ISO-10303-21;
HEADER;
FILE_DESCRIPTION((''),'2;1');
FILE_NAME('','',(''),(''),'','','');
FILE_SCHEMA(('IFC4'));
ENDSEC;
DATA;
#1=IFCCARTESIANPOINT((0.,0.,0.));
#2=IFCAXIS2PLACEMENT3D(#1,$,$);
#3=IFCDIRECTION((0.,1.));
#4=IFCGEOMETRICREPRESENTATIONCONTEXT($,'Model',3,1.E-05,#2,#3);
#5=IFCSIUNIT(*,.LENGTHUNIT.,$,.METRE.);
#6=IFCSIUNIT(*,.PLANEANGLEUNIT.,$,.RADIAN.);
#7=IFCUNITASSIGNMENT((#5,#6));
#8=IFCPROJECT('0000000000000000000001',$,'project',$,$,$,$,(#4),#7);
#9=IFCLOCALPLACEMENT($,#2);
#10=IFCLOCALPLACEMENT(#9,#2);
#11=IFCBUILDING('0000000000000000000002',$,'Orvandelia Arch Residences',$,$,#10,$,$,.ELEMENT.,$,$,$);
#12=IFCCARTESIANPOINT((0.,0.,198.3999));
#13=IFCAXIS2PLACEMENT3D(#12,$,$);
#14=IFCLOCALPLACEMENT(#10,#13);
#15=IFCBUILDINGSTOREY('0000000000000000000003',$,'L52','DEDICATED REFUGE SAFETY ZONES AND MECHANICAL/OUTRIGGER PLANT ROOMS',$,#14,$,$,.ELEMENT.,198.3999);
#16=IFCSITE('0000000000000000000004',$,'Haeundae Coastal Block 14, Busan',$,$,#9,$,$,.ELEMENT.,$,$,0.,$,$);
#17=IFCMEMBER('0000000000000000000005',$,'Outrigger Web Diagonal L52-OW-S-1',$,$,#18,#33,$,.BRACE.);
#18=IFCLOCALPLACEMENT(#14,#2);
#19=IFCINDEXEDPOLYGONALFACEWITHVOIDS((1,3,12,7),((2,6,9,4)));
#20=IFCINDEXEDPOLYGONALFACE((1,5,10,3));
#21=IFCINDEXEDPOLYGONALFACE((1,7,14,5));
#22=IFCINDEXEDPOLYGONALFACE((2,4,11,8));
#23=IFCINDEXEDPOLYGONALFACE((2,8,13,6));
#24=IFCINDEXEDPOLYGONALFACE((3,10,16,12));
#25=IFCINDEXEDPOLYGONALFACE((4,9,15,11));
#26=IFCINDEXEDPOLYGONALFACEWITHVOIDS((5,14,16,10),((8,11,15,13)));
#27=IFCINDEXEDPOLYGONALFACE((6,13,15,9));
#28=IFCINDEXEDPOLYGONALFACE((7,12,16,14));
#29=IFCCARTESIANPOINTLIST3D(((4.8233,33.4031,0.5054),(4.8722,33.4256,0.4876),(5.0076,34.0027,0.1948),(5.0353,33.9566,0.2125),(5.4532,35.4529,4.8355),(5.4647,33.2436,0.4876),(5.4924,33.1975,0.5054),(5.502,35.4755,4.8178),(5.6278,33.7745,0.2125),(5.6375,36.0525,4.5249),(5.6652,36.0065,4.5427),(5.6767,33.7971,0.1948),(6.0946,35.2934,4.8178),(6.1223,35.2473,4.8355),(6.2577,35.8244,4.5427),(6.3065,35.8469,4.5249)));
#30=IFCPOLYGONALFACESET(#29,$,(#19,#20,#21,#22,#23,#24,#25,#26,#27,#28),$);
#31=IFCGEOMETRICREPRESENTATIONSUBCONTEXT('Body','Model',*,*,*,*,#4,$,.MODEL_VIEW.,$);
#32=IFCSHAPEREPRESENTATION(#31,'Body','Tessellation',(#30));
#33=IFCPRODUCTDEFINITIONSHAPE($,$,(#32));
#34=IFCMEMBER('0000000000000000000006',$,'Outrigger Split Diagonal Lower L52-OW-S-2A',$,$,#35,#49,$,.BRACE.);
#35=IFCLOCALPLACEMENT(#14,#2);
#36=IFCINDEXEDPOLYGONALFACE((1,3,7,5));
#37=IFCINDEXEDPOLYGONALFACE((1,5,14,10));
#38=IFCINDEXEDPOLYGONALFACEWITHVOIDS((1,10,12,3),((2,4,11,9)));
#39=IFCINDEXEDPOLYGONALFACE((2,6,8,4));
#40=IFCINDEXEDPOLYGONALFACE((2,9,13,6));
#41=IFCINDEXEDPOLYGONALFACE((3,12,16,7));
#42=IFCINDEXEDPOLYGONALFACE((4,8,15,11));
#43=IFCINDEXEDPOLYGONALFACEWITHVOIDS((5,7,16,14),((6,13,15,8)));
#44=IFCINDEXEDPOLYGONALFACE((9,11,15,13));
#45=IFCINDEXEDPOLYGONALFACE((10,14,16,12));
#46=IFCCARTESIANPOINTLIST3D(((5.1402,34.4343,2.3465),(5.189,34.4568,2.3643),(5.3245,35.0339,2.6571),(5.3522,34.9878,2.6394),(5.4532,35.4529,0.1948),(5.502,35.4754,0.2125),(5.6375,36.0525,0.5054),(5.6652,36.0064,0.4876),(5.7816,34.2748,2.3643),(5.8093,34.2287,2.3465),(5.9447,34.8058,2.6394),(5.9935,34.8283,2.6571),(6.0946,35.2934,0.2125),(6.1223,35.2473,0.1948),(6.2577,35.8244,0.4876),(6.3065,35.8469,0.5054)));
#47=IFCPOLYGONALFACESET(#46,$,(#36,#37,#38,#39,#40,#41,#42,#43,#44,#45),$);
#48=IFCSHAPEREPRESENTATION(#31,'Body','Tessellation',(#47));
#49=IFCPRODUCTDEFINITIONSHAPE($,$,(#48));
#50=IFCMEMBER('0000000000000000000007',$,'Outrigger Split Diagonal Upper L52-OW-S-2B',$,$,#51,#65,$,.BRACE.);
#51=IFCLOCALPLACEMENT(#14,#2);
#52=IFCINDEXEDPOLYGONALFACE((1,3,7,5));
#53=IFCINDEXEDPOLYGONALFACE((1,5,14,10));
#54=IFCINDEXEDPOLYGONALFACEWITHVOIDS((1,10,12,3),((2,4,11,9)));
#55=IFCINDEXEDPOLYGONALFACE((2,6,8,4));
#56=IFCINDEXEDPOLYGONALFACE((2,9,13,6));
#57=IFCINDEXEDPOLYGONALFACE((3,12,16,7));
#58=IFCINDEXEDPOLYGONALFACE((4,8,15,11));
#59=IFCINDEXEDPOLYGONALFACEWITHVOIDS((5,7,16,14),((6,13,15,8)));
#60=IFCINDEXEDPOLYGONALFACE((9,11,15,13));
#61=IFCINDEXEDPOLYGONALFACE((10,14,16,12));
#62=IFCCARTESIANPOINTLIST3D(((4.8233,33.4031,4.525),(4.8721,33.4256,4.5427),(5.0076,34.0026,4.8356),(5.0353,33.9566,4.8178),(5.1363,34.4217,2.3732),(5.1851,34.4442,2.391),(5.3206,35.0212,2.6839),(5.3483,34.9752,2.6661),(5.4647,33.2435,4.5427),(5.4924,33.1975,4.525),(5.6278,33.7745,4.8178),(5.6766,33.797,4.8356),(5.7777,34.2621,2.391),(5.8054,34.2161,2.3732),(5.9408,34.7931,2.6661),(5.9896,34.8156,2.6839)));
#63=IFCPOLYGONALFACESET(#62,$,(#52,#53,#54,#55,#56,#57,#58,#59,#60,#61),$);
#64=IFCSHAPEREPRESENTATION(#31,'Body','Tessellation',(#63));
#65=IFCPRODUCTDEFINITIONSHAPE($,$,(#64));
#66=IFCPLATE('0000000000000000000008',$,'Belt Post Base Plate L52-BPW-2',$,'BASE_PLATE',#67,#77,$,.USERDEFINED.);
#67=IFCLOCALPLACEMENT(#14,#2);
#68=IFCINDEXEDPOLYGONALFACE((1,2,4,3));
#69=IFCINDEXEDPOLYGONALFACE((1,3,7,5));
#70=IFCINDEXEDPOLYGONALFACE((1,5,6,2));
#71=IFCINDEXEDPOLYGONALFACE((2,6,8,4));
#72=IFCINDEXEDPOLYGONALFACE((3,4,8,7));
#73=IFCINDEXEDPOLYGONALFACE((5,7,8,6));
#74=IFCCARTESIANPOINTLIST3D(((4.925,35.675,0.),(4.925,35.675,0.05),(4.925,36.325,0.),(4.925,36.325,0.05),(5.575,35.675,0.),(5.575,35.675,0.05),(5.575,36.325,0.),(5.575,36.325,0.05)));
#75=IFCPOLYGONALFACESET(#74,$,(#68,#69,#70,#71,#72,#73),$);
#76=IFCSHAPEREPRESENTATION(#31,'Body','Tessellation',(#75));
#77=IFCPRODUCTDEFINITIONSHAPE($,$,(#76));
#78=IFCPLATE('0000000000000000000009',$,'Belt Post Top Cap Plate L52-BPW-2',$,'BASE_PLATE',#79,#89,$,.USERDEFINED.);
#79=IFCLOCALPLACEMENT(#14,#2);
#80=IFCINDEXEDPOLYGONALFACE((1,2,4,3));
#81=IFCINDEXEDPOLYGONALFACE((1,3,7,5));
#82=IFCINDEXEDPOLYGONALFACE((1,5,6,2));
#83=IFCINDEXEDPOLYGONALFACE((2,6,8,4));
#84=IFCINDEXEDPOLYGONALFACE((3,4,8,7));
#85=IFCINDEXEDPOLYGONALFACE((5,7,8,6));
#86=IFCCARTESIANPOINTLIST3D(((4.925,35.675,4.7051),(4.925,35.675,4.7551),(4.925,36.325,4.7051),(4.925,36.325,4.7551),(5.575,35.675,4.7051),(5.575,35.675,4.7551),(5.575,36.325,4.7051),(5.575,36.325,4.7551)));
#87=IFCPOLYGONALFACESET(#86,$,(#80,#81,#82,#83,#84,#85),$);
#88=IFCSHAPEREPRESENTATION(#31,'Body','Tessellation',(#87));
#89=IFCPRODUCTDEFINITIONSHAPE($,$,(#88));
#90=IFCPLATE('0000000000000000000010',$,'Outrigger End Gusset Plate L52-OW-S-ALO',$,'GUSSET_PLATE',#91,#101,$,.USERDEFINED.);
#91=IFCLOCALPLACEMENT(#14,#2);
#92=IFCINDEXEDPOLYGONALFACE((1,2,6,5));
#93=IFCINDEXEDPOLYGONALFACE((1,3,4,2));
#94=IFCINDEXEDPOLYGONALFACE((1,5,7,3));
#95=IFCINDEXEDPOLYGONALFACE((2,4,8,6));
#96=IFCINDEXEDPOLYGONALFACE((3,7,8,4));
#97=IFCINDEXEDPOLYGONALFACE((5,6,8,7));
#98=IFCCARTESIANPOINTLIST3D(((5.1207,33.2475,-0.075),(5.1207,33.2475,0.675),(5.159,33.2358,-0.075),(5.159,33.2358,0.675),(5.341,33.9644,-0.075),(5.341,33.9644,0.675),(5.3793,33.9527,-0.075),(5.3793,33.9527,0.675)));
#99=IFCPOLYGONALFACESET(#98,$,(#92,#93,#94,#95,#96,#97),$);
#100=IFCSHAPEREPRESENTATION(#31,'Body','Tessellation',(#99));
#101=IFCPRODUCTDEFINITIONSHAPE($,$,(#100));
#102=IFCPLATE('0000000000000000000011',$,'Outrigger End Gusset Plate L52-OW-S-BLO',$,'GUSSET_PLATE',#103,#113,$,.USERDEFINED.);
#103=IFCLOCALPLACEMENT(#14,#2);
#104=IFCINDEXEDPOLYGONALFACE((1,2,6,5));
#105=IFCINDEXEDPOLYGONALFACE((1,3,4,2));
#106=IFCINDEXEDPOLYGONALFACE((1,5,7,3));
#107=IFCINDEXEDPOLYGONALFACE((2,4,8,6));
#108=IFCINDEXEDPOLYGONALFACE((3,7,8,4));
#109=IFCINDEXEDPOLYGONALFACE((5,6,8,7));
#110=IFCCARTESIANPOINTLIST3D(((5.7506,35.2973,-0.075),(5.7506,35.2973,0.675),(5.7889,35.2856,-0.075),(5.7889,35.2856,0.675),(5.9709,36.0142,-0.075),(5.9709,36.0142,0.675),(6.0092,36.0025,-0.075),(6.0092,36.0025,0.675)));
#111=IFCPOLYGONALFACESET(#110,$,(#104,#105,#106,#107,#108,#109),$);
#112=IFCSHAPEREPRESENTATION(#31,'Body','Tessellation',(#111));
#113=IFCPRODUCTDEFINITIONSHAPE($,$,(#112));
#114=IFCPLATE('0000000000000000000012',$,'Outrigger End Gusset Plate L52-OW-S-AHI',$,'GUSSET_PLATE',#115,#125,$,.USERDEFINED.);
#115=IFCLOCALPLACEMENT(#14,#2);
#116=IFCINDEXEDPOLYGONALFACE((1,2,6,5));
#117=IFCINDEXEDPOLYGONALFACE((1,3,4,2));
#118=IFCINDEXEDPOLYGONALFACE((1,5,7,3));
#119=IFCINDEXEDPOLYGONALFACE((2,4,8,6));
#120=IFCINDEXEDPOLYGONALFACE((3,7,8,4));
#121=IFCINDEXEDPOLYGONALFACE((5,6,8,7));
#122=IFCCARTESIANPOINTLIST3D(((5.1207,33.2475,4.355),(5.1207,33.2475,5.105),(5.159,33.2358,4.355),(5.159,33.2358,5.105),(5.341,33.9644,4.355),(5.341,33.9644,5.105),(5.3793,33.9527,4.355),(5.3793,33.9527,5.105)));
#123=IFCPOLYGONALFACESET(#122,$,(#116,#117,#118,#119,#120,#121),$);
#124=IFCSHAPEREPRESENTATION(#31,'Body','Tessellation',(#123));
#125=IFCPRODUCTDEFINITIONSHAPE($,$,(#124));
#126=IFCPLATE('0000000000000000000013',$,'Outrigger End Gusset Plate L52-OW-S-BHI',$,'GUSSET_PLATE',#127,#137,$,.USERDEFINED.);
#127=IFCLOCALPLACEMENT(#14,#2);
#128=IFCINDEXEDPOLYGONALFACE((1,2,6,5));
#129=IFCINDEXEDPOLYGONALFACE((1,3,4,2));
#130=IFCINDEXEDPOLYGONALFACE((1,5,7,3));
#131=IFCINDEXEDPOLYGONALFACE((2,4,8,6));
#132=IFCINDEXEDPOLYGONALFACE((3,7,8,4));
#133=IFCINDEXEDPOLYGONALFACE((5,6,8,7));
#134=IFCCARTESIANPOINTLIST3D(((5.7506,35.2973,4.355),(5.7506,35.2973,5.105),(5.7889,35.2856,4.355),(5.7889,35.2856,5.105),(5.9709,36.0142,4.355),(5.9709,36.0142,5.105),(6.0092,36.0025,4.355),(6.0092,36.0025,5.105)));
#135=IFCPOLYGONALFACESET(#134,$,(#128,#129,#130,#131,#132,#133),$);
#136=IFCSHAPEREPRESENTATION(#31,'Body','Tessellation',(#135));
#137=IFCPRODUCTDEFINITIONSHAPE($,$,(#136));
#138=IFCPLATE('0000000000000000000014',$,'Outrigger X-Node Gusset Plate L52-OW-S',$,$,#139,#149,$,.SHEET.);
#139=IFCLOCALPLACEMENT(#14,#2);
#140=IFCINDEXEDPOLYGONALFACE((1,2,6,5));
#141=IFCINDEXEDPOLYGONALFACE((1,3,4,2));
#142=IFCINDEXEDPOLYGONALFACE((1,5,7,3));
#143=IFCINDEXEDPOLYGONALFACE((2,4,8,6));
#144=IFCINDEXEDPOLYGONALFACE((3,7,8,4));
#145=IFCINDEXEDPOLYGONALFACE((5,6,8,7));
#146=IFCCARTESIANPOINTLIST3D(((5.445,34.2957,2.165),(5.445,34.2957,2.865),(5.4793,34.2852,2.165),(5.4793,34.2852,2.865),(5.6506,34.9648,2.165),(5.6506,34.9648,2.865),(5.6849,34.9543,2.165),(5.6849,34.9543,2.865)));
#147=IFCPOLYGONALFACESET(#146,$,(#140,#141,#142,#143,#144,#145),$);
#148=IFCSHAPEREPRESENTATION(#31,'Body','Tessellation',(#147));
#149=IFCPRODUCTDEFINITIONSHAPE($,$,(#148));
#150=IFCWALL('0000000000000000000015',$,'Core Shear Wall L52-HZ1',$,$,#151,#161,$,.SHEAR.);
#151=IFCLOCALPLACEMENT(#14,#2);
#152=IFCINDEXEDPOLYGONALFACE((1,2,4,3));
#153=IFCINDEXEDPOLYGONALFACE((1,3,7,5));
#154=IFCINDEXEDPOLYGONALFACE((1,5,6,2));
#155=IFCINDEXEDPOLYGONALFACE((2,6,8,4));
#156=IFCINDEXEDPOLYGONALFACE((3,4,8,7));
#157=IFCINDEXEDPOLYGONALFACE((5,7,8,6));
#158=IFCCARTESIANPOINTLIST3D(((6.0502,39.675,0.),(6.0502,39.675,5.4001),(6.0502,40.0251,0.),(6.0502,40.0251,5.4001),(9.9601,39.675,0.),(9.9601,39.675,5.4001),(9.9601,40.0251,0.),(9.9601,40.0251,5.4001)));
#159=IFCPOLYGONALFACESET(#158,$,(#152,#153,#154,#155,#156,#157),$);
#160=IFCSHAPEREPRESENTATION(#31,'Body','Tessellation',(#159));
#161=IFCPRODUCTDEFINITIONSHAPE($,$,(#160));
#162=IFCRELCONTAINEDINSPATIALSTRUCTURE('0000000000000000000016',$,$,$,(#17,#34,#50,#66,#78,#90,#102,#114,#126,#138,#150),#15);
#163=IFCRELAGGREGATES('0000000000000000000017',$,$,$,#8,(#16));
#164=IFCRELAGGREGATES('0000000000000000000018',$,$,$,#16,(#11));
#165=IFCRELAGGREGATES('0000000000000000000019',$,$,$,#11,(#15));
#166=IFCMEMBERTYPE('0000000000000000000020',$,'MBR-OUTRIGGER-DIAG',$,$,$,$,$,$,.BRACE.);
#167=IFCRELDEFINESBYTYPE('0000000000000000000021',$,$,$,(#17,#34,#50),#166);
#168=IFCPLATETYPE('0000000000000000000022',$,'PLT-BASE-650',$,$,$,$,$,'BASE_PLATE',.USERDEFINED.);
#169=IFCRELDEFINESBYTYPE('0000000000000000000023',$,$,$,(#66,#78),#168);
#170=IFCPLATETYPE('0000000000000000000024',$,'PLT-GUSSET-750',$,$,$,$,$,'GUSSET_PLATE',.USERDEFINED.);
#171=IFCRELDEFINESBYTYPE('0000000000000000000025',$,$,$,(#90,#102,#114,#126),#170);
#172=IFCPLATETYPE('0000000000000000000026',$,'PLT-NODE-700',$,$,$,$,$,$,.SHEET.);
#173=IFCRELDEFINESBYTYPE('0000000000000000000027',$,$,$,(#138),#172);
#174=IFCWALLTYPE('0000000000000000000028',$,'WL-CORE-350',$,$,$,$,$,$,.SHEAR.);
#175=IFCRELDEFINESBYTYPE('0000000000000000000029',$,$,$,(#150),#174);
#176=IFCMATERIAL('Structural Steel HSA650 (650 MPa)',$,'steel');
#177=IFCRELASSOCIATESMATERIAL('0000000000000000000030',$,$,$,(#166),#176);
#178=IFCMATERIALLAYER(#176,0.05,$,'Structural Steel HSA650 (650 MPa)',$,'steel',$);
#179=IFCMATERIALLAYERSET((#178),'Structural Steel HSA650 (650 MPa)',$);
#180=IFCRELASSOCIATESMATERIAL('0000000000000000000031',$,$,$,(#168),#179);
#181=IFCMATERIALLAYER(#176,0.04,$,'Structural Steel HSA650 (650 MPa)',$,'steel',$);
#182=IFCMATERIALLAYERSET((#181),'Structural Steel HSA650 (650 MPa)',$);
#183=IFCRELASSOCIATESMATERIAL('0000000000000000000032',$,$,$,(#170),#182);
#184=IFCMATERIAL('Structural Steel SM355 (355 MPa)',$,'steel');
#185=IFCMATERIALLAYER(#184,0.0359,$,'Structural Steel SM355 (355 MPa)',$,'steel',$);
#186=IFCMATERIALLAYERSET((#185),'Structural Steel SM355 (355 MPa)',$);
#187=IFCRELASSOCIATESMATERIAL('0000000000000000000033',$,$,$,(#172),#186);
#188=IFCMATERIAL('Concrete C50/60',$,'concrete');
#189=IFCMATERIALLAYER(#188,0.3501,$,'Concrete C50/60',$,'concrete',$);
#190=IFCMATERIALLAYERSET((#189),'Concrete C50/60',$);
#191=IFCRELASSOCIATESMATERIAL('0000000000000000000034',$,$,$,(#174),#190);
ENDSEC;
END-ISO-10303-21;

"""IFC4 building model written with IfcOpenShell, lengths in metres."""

from ifc_helpers import new_model, si_unit, direction, frame, frame_2d, origin, origin_2d, place, context, subcontext, project, spatial, rectangle, hollow_rectangle, extrude, material, layer, layer_set, material_profile, profile_set, type_object, element, save


model = new_model("IFC4")

# Units and contexts
model_context = context("Model", 3, precision=1e-05, world=origin(), true_north=direction((0.0, 1.0)))
body_context = subcontext(model_context, "Body", "Model", "MODEL_VIEW")
ifc_project = project(units=[si_unit("LENGTHUNIT", "METRE"), si_unit("PLANEANGLEUNIT", "RADIAN")], contexts=[model_context])

# Site, building, storey
site_placement = place(None, origin())
site = spatial("IfcSite", under=ifc_project, at=site_placement, Name="Haeundae Coastal Block 14, Busan", CompositionType="ELEMENT", RefElevation=0.0)
building_placement = place(site_placement, origin())
building = spatial("IfcBuilding", under=site, at=building_placement, Name="Orvandelia Arch Residences", CompositionType="ELEMENT")
storey_placement = place(building_placement, frame((0.0, 0.0, 198.3999)))
storey = spatial("IfcBuildingStorey", under=building, at=storey_placement, Name="L52", Description="DEDICATED REFUGE SAFETY ZONES AND MECHANICAL/OUTRIGGER PLANT ROOMS", CompositionType="ELEMENT", Elevation=198.3999)

# Shared definitions
ifc_material_1 = material(Name="Structural Steel SM355 (355 MPa)", Category="steel")

# Members
ifc_material_2 = material(Name="Structural Steel HSA650 (650 MPa)", Category="steel")
ifc_material_profile_1 = material_profile(ifc_material_2, hollow_rectangle(XDim=0.7, YDim=0.7, WallThickness=0.04, at=origin_2d()), Name="Structural Steel HSA650 (650 MPa)", Category="steel")
ifc_profile_set_1 = profile_set([ifc_material_profile_1], Name="Structural Steel HSA650 (650 MPa)")
member_type_1 = type_object("IfcMemberType", Name="MBR-OUTRIGGER-DIAG", PredefinedType="BRACE", material=ifc_profile_set_1)
member_1_placement = place(storey_placement, frame((5.25, 33.6001, 0.3501), z_axis=(0.130357, 0.424216, 0.896129), x_axis=(-0.955887, 0.293734, 0.0)))
element("IfcMember", 1, at=member_1_placement, inside=storey, type_object=member_type_1, Name="Outrigger Web Diagonal L52-OW-S-1", PredefinedType="BRACE", context=body_context, shape_type="SweptSolid", body=[
    extrude(hollow_rectangle(XDim=0.7, YDim=0.7, WallThickness=0.04, at=origin_2d()), origin(), (0.0, 0.0, 1.0), 4.832),
])
for number, where, z_axis, x_axis, name in (
    (2, (5.8799, 35.6499, 0.3501), (-0.130357, -0.424219, 0.896128), (0.955888, -0.293732, 0.0), "Outrigger Split Diagonal Lower L52-OW-S-2A"),
    (3, (5.563, 34.6187, 2.5286), (-0.130357, -0.424219, 0.896128), (0.955888, -0.293732, 0.0), "Outrigger Split Diagonal Upper L52-OW-S-2B"),
):
    element("IfcMember", number, at=place(storey_placement, frame(where, z_axis=z_axis, x_axis=x_axis)), inside=storey, type_object=member_type_1, Name=name, PredefinedType="BRACE", context=body_context, shape_type="SweptSolid", body=[
        extrude(hollow_rectangle(XDim=0.7, YDim=0.7, WallThickness=0.04, at=origin_2d()), origin(), (0.0, 0.0, 1.0), 2.4011),
    ])

# Plates
ifc_layer_1 = layer(ifc_material_2, 0.05, Name="Structural Steel HSA650 (650 MPa)", Category="steel")
ifc_layer_set_1 = layer_set([ifc_layer_1], Name="Structural Steel HSA650 (650 MPa)")
plate_type_1 = type_object("IfcPlateType", Name="PLT-BASE-650", ElementType="BASE_PLATE", PredefinedType="USERDEFINED", material=ifc_layer_set_1)
for number, where, z_axis, x_axis, name in (
    (4, (5.25, 36.0, 0.0), (0.0, 0.0, 1.0), (1.0, 0.0, 0.0), "Belt Post Base Plate L52-BPW-2"),
    (5, (5.25, 36.0, 4.7051), (0.0, 0.0, 1.0), (1.0, 0.0, 0.0), "Belt Post Top Cap Plate L52-BPW-2"),
):
    element("IfcPlate", number, at=place(storey_placement, frame(where, z_axis=z_axis, x_axis=x_axis)), inside=storey, type_object=plate_type_1, Name=name, ObjectType="BASE_PLATE", PredefinedType="USERDEFINED", context=body_context, shape_type="SweptSolid", body=[
        extrude(rectangle(XDim=0.6499, YDim=0.6499, at=origin_2d()), origin(), (0.0, 0.0, 1.0), 0.05),
    ])
ifc_layer_2 = layer(ifc_material_2, 0.04, Name="Structural Steel HSA650 (650 MPa)", Category="steel")
ifc_layer_set_2 = layer_set([ifc_layer_2], Name="Structural Steel HSA650 (650 MPa)")
plate_type_2 = type_object("IfcPlateType", Name="PLT-GUSSET-750", ElementType="GUSSET_PLATE", PredefinedType="USERDEFINED", material=ifc_layer_set_2)
for number, where, z_axis, x_axis, name in (
    (6, (5.25, 33.6001, -0.075), (0.0, 0.0, 1.0), (0.293757, 0.95588, 0.0), "Outrigger End Gusset Plate L52-OW-S-ALO"),
    (7, (5.8799, 35.6499, -0.075), (0.0, 0.0, 1.0), (0.293757, 0.95588, 0.0), "Outrigger End Gusset Plate L52-OW-S-BLO"),
    (8, (5.25, 33.6001, 4.355), (0.0, 0.0, 1.0), (0.293757, 0.95588, 0.0), "Outrigger End Gusset Plate L52-OW-S-AHI"),
    (9, (5.8799, 35.6499, 4.355), (0.0, 0.0, 1.0), (0.293757, 0.95588, 0.0), "Outrigger End Gusset Plate L52-OW-S-BHI"),
):
    element("IfcPlate", number, at=place(storey_placement, frame(where, z_axis=z_axis, x_axis=x_axis)), inside=storey, type_object=plate_type_2, Name=name, ObjectType="GUSSET_PLATE", PredefinedType="USERDEFINED", context=body_context, shape_type="SweptSolid", body=[
        extrude(rectangle(XDim=0.75, YDim=0.04, at=origin_2d()), origin(), (0.0, 0.0, 1.0), 0.75),
    ])
ifc_layer_3 = layer(ifc_material_1, 0.0359, Name="Structural Steel SM355 (355 MPa)", Category="steel")
ifc_layer_set_3 = layer_set([ifc_layer_3], Name="Structural Steel SM355 (355 MPa)")
plate_type_3 = type_object("IfcPlateType", Name="PLT-NODE-700", PredefinedType="SHEET", material=ifc_layer_set_3)
plate_placement = place(storey_placement, frame((5.5649, 34.625, 2.165), z_axis=(0.0, 0.0, 1.0), x_axis=(0.293757, 0.95588, 0.0)))
element("IfcPlate", 10, at=plate_placement, inside=storey, type_object=plate_type_3, Name="Outrigger X-Node Gusset Plate L52-OW-S", PredefinedType="SHEET", context=body_context, shape_type="SweptSolid", body=[
    extrude(rectangle(XDim=0.7, YDim=0.0359, at=origin_2d()), origin(), (0.0, 0.0, 1.0), 0.7),
])

# Wall
ifc_material_3 = material(Name="Concrete C50/60", Category="concrete")
ifc_layer_4 = layer(ifc_material_3, 0.3501, Name="Concrete C50/60", Category="concrete")
ifc_layer_set_4 = layer_set([ifc_layer_4], Name="Concrete C50/60")
wall_type_1 = type_object("IfcWallType", Name="WL-CORE-350", PredefinedType="SHEAR", material=ifc_layer_set_4)
wall_1_placement = place(storey_placement, frame((6.05, 39.8501, 0.0), z_axis=(0.0, 0.0, 1.0), x_axis=(1.0, 0.0, 0.0)))
element("IfcWall", 11, at=wall_1_placement, inside=storey, type_object=wall_type_1, Name="Core Shear Wall L52-HZ1", PredefinedType="SHEAR", context=body_context, shape_type="SweptSolid", body=[
    extrude(rectangle(XDim=3.9099, YDim=0.3501, at=frame_2d((1.9551, 0.0))), origin(), (0.0, 0.0, 1.0), 5.4001),
])

save(model, "model.ifc")
